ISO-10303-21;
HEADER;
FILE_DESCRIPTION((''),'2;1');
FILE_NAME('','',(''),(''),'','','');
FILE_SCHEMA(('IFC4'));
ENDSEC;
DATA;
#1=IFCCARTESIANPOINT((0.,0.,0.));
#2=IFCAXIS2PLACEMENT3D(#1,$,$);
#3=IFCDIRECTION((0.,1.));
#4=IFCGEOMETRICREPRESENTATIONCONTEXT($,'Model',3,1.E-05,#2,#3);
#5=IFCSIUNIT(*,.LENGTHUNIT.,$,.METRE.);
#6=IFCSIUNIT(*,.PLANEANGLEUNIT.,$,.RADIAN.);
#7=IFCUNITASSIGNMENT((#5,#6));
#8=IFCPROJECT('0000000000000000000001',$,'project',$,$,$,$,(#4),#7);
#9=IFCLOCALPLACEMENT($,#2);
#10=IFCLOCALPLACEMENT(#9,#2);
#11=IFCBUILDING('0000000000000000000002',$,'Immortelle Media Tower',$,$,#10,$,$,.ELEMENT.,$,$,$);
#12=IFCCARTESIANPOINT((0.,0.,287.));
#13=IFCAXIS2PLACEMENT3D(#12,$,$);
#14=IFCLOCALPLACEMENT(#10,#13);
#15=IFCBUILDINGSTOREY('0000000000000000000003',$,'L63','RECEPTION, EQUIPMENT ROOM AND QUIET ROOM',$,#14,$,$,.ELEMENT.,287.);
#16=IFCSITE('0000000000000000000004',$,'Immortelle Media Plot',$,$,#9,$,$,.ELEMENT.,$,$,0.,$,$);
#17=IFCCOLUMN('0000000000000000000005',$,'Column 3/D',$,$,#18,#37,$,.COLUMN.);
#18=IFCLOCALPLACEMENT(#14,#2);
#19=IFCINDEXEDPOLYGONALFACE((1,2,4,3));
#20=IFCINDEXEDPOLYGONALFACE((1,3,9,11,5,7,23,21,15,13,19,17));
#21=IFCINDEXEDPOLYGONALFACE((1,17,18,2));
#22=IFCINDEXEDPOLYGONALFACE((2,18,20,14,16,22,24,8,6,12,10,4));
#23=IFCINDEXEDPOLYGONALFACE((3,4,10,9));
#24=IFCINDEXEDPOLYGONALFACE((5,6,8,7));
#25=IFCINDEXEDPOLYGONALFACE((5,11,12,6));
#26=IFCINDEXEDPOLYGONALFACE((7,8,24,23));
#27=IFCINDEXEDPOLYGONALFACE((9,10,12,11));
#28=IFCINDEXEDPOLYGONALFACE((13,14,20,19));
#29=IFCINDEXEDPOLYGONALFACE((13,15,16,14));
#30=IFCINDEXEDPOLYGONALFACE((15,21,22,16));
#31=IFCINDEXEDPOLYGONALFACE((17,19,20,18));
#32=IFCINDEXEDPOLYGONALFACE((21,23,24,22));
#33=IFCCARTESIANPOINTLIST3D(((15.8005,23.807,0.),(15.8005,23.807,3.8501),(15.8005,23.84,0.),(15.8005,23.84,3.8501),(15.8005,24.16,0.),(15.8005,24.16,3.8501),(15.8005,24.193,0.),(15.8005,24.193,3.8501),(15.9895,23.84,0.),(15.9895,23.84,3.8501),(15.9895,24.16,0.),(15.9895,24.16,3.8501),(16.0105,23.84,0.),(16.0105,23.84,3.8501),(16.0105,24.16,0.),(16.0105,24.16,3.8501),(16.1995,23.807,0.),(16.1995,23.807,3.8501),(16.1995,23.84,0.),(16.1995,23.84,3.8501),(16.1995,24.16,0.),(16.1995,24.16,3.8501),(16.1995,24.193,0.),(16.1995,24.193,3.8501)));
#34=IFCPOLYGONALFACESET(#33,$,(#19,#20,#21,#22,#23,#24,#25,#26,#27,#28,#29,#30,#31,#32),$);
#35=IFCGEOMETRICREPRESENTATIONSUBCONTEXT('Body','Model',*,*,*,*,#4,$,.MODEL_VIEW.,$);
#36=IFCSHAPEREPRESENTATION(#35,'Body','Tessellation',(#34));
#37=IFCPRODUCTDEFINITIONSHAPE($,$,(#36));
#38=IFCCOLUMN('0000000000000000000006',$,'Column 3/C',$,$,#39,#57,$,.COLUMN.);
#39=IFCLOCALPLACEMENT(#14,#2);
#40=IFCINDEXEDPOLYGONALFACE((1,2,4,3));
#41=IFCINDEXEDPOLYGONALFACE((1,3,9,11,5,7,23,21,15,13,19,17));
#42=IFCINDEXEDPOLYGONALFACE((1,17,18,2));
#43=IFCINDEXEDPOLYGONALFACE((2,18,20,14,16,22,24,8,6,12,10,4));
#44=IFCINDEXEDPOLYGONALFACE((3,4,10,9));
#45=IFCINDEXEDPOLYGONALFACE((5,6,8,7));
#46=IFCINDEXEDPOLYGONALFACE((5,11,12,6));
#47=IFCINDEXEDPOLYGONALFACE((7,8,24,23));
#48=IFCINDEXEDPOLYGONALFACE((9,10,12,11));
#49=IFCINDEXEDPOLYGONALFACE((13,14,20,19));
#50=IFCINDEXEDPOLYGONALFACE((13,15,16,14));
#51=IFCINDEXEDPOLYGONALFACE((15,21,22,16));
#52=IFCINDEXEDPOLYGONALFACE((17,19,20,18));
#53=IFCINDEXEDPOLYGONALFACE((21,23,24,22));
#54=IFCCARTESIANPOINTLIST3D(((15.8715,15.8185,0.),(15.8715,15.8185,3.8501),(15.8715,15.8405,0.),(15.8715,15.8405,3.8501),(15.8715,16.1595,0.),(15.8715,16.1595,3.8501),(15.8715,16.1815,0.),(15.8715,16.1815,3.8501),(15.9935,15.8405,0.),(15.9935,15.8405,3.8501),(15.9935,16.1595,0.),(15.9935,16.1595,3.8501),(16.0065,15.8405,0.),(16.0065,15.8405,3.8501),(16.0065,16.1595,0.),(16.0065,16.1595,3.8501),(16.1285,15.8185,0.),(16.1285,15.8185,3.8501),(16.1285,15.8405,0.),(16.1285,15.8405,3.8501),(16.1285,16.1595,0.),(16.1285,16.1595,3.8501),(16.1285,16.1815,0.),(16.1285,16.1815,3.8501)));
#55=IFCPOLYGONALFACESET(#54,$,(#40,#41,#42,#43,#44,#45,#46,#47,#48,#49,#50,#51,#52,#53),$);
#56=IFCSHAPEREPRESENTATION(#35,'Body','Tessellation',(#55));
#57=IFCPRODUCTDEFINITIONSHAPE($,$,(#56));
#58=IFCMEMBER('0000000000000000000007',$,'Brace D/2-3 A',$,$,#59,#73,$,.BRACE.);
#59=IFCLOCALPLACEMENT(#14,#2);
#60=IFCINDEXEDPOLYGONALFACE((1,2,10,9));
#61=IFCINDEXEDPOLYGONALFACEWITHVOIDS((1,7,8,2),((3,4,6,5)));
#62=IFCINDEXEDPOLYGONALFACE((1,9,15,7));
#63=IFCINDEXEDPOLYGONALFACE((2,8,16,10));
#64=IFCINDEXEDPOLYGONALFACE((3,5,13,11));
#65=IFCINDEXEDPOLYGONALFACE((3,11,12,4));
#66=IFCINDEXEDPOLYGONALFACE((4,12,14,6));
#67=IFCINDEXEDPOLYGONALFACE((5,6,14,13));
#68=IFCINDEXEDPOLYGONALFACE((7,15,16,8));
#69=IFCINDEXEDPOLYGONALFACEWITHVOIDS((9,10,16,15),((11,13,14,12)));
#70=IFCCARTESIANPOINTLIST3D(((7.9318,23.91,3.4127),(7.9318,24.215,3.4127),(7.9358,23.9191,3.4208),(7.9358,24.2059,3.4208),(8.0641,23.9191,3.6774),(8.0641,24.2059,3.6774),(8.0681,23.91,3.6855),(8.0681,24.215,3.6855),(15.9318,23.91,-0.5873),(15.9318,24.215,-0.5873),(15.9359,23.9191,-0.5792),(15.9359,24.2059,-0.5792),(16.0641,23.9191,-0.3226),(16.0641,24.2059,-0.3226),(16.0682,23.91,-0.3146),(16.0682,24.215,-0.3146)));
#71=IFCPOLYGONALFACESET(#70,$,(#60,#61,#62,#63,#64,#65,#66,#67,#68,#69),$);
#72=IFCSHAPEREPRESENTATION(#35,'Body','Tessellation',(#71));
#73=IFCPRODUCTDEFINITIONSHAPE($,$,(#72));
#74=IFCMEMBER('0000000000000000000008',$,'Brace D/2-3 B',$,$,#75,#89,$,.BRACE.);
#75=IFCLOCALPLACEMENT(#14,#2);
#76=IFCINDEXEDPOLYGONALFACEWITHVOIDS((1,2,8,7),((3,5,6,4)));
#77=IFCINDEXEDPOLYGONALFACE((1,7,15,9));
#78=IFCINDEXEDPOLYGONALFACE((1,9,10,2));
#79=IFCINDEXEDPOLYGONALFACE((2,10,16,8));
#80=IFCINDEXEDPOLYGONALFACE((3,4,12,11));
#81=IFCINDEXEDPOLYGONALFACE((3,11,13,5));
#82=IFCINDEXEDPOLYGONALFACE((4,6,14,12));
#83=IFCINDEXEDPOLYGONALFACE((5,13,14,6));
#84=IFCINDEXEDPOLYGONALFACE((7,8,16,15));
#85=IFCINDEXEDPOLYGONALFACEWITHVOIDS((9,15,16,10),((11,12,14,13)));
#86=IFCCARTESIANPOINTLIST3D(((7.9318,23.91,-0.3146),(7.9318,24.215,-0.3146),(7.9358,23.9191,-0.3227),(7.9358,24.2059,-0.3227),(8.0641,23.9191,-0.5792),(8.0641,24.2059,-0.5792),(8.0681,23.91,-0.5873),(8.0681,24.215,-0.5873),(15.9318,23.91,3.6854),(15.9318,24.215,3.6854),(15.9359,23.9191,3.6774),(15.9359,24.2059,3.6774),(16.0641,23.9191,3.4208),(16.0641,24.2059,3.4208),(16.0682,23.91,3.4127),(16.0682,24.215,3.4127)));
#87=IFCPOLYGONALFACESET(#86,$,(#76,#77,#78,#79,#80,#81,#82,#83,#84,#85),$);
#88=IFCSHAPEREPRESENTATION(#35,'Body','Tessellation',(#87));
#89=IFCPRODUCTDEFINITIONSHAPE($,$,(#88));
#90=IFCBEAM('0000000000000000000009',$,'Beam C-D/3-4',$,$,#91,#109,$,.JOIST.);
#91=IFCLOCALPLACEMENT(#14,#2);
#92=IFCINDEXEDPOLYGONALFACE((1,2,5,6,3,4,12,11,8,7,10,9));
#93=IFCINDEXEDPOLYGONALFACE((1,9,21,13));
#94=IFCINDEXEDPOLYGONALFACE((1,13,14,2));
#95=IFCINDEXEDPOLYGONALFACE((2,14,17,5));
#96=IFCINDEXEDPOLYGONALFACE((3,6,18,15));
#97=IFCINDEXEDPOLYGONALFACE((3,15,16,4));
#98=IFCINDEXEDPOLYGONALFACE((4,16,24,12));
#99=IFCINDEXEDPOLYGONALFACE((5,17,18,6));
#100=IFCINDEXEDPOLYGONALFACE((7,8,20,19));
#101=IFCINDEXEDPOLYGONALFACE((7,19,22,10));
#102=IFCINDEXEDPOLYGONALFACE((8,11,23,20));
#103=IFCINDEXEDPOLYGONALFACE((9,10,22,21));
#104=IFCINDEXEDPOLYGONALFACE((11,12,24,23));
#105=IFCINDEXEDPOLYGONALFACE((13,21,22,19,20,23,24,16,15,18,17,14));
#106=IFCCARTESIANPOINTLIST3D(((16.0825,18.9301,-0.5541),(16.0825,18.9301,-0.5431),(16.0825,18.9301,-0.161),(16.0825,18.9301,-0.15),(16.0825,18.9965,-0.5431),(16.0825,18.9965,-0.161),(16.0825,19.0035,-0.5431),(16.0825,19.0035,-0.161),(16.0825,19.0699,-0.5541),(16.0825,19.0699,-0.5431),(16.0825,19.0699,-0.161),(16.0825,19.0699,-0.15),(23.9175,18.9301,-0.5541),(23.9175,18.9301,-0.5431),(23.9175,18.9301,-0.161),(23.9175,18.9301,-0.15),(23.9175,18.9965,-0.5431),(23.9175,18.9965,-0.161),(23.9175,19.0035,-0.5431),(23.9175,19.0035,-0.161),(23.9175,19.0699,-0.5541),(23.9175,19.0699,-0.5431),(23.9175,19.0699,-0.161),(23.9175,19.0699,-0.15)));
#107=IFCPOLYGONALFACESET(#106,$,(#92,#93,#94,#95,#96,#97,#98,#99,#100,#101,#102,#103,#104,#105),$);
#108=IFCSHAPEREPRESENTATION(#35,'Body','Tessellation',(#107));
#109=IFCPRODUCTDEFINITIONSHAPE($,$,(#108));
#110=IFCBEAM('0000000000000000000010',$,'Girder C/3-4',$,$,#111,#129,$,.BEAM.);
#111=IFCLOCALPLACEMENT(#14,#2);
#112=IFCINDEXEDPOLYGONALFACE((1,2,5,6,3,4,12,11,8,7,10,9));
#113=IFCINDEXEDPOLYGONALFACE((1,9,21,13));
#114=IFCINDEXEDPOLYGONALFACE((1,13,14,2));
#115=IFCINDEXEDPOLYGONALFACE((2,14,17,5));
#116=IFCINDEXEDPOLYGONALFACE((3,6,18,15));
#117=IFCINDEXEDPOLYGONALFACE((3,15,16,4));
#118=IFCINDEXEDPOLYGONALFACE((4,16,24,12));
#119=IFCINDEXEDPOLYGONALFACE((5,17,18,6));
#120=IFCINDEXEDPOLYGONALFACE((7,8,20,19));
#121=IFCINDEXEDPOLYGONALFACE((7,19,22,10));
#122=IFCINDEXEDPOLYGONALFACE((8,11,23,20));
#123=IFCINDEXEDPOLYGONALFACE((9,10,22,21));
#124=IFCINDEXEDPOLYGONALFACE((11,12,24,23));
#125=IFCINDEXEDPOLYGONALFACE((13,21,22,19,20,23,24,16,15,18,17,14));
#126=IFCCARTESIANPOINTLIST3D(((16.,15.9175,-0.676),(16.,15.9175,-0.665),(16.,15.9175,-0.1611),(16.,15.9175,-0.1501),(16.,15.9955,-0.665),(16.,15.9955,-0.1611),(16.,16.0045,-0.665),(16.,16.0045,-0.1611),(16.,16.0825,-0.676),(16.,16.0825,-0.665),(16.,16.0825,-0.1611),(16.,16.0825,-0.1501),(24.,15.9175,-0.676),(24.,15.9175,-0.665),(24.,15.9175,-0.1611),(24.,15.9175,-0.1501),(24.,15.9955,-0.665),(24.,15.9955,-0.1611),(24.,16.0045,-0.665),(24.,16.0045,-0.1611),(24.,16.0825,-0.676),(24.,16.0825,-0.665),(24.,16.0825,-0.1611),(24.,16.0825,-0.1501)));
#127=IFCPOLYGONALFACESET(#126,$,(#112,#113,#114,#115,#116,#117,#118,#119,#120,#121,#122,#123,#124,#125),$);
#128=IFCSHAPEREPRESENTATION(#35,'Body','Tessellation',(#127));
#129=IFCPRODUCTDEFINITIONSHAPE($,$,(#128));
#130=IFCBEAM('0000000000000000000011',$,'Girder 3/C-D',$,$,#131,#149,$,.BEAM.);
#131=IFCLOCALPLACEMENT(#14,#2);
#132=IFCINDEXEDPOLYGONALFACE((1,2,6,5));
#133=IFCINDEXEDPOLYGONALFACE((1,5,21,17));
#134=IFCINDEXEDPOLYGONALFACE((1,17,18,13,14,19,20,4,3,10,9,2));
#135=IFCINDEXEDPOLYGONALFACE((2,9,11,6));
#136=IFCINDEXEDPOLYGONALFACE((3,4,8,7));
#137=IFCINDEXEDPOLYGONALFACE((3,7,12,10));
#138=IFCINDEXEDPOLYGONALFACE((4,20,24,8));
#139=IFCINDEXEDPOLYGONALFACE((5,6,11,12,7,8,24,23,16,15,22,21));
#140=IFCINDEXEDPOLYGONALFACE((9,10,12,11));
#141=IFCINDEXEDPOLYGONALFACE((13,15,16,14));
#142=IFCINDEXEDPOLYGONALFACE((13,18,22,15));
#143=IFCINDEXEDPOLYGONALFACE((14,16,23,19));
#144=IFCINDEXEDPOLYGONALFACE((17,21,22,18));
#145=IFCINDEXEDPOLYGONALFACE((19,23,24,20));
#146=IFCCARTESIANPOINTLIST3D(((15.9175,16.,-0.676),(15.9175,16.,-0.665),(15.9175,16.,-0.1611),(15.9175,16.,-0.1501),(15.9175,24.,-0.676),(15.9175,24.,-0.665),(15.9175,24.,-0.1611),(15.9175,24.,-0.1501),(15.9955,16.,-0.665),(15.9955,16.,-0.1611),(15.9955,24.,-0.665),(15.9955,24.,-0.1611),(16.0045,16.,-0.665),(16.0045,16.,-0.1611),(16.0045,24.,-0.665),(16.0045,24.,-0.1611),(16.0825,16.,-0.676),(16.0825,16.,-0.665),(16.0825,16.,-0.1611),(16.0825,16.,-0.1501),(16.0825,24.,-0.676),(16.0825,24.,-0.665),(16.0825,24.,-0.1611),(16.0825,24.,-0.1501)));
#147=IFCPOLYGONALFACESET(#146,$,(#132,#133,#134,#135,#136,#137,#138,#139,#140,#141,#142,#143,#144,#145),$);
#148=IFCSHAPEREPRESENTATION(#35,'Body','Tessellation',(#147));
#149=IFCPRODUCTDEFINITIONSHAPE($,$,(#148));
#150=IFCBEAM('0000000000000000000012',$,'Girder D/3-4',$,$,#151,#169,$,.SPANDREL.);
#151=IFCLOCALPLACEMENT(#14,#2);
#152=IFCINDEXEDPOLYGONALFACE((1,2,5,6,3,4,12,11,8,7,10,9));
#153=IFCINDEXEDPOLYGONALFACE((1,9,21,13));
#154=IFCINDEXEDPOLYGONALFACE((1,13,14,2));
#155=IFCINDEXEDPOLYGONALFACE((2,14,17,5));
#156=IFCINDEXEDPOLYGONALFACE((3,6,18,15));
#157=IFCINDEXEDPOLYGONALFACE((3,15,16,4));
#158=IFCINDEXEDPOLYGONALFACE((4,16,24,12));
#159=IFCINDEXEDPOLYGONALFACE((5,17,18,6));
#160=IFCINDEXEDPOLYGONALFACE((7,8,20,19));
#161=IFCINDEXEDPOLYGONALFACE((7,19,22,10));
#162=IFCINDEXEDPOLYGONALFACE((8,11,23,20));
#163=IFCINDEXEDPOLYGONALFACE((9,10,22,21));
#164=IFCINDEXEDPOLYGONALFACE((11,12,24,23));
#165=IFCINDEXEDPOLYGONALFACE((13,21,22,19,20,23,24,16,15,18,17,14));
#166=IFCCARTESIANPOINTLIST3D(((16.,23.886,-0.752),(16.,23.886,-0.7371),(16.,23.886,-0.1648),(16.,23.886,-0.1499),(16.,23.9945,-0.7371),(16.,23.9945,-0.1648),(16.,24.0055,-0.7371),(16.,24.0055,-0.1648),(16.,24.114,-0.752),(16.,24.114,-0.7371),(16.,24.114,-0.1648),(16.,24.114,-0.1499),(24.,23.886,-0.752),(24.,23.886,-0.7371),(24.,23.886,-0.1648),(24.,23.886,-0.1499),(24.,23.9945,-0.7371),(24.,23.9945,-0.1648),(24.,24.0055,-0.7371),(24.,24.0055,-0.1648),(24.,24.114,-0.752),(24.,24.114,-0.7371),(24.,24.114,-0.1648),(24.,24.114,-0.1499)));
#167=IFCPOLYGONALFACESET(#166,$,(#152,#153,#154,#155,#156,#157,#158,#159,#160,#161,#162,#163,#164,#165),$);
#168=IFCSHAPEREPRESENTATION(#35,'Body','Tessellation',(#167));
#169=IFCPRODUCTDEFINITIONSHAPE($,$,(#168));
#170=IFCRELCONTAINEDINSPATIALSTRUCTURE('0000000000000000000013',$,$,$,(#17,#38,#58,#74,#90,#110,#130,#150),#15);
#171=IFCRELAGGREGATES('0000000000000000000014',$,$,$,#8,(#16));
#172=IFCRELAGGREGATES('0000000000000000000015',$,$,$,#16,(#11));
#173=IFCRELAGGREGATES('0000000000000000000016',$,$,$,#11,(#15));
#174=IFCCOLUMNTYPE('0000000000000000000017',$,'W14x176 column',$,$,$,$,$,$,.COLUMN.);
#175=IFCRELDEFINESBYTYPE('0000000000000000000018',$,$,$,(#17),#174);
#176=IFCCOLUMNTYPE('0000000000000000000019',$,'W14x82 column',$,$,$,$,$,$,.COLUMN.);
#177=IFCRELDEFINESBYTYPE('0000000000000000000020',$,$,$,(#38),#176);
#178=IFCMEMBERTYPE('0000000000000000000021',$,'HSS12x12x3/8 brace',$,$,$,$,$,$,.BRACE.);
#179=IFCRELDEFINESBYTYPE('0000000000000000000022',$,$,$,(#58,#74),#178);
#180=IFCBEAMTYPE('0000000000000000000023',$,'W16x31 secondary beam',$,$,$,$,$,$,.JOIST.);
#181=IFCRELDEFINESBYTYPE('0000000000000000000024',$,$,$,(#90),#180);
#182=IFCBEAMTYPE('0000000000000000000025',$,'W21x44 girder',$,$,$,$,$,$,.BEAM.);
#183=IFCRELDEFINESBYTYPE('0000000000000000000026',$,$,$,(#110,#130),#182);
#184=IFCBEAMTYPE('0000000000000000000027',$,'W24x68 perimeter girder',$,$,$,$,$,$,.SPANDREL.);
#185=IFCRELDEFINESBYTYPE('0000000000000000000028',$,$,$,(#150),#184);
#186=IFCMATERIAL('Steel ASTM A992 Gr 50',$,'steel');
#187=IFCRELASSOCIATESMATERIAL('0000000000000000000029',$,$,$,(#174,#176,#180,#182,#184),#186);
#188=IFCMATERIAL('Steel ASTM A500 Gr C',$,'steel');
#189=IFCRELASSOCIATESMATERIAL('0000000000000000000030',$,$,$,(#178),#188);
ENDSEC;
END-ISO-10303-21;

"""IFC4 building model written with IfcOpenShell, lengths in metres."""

from ifc_helpers import new_model, si_unit, direction, frame, origin, origin_2d, place, context, subcontext, project, spatial, hollow_rectangle, i_section, extrude, material, material_profile, profile_set, type_object, element, save


model = new_model("IFC4")

# Units and contexts
model_context = context("Model", 3, precision=1e-05, world=origin(), true_north=direction((0.0, 1.0)))
body_context = subcontext(model_context, "Body", "Model", "MODEL_VIEW")
ifc_project = project(units=[si_unit("LENGTHUNIT", "METRE"), si_unit("PLANEANGLEUNIT", "RADIAN")], contexts=[model_context])

# Site, building, storey
site_placement = place(None, origin())
site = spatial("IfcSite", under=ifc_project, at=site_placement, Name="Immortelle Media Plot", CompositionType="ELEMENT", RefElevation=0.0)
building_placement = place(site_placement, origin())
building = spatial("IfcBuilding", under=site, at=building_placement, Name="Immortelle Media Tower", CompositionType="ELEMENT")
storey_placement = place(building_placement, frame((0.0, 0.0, 287.0)))
storey = spatial("IfcBuildingStorey", under=building, at=storey_placement, Name="L63", Description="RECEPTION, EQUIPMENT ROOM AND QUIET ROOM", CompositionType="ELEMENT", Elevation=287.0)

# Columns
ifc_material_1 = material(Name="Steel ASTM A992 Gr 50", Category="steel")
ifc_material_profile_1 = material_profile(ifc_material_1, i_section(OverallWidth=0.3989, OverallDepth=0.386, WebThickness=0.021, FlangeThickness=0.033, at=origin_2d()), Name="W14x176")
ifc_profile_set_1 = profile_set([ifc_material_profile_1], Name="Steel ASTM A992 Gr 50")
column_type_1 = type_object("IfcColumnType", Name="W14x176 column", PredefinedType="COLUMN", material=ifc_profile_set_1)
column_1_placement = place(storey_placement, frame((16.0, 24.0, 0.0), z_axis=(0.0, 0.0, 1.0), x_axis=(1.0, 0.0, 0.0)))
element("IfcColumn", 1, at=column_1_placement, inside=storey, type_object=column_type_1, Name="Column 3/D", PredefinedType="COLUMN", context=body_context, shape_type="SweptSolid", body=[
    extrude(i_section(OverallWidth=0.3989, OverallDepth=0.386, WebThickness=0.021, FlangeThickness=0.033, at=origin_2d()), origin(), (0.0, 0.0, 1.0), 3.8501),
])
ifc_material_profile_2 = material_profile(ifc_material_1, i_section(OverallWidth=0.2571, OverallDepth=0.363, WebThickness=0.0129, FlangeThickness=0.022, at=origin_2d()), Name="W14x82")
ifc_profile_set_2 = profile_set([ifc_material_profile_2], Name="Steel ASTM A992 Gr 50")
column_type_2 = type_object("IfcColumnType", Name="W14x82 column", PredefinedType="COLUMN", material=ifc_profile_set_2)
column_2_placement = place(storey_placement, frame((16.0, 16.0, 0.0), z_axis=(0.0, 0.0, 1.0), x_axis=(1.0, 0.0, 0.0)))
element("IfcColumn", 2, at=column_2_placement, inside=storey, type_object=column_type_2, Name="Column 3/C", PredefinedType="COLUMN", context=body_context, shape_type="SweptSolid", body=[
    extrude(i_section(OverallWidth=0.2571, OverallDepth=0.363, WebThickness=0.0129, FlangeThickness=0.022, at=origin_2d()), origin(), (0.0, 0.0, 1.0), 3.8501),
])

# Members
ifc_material_2 = material(Name="Steel ASTM A500 Gr C", Category="steel")
ifc_material_profile_3 = material_profile(ifc_material_2, hollow_rectangle(XDim=0.3049, YDim=0.3049, WallThickness=0.009, at=origin_2d()), Name="HSS12x12x3/8 brace")
ifc_profile_set_3 = profile_set([ifc_material_profile_3], Name="Steel ASTM A500 Gr C")
member_type = type_object("IfcMemberType", Name="HSS12x12x3/8 brace", PredefinedType="BRACE", material=ifc_profile_set_3)
for number, where, z_axis, x_axis, name in (
    (3, (16.0, 24.0625, -0.4509), (-0.894427, 0.0, 0.447214), (0.0, -1.0, 0.0), "Brace D/2-3 A"),
    (4, (16.0, 24.0625, 3.5491), (-0.894427, 0.0, -0.447214), (0.0, -1.0, 0.0), "Brace D/2-3 B"),
):
    element("IfcMember", number, at=place(storey_placement, frame(where, z_axis=z_axis, x_axis=x_axis)), inside=storey, type_object=member_type, Name=name, PredefinedType="BRACE", context=body_context, shape_type="SweptSolid", body=[
        extrude(hollow_rectangle(XDim=0.3049, YDim=0.3049, WallThickness=0.009, at=origin_2d()), origin(), (0.0, 0.0, 1.0), 8.9443),
    ])

# Beams
ifc_material_profile_4 = material_profile(ifc_material_1, i_section(OverallWidth=0.1399, OverallDepth=0.4041, WebThickness=0.0071, FlangeThickness=0.011, at=origin_2d()), Name="W16x31")
ifc_profile_set_4 = profile_set([ifc_material_profile_4], Name="Steel ASTM A992 Gr 50")
beam_type_1 = type_object("IfcBeamType", Name="W16x31 secondary beam", PredefinedType="JOIST", material=ifc_profile_set_4)
beam_1_placement = place(storey_placement, frame((16.0825, 19.0, -0.3521), z_axis=(1.0, 0.0, 0.0), x_axis=(0.0, 1.0, 0.0)))
element("IfcBeam", 5, at=beam_1_placement, inside=storey, type_object=beam_type_1, Name="Beam C-D/3-4", PredefinedType="JOIST", context=body_context, shape_type="SweptSolid", body=[
    extrude(i_section(OverallWidth=0.1399, OverallDepth=0.4041, WebThickness=0.0071, FlangeThickness=0.011, at=origin_2d()), origin(), (0.0, 0.0, 1.0), 7.835),
])
ifc_material_profile_5 = material_profile(ifc_material_1, i_section(OverallWidth=0.165, OverallDepth=0.5259, WebThickness=0.009, FlangeThickness=0.011, at=origin_2d()), Name="W21x44")
ifc_profile_set_5 = profile_set([ifc_material_profile_5], Name="Steel ASTM A992 Gr 50")
beam_type_2 = type_object("IfcBeamType", Name="W21x44 girder", PredefinedType="BEAM", material=ifc_profile_set_5)
for number, where, z_axis, x_axis, name in (
    (6, (16.0, 16.0, -0.4131), (1.0, 0.0, 0.0), (0.0, 1.0, 0.0), "Girder C/3-4"),
    (7, (16.0, 16.0, -0.4131), (0.0, 1.0, 0.0), (-1.0, 0.0, 0.0), "Girder 3/C-D"),
):
    element("IfcBeam", number, at=place(storey_placement, frame(where, z_axis=z_axis, x_axis=x_axis)), inside=storey, type_object=beam_type_2, Name=name, PredefinedType="BEAM", context=body_context, shape_type="SweptSolid", body=[
        extrude(i_section(OverallWidth=0.165, OverallDepth=0.5259, WebThickness=0.009, FlangeThickness=0.011, at=origin_2d()), origin(), (0.0, 0.0, 1.0), 8.0),
    ])
ifc_material_profile_6 = material_profile(ifc_material_1, i_section(OverallWidth=0.228, OverallDepth=0.6021, WebThickness=0.011, FlangeThickness=0.0149, at=origin_2d()), Name="W24x68")
ifc_profile_set_6 = profile_set([ifc_material_profile_6], Name="Steel ASTM A992 Gr 50")
beam_type_3 = type_object("IfcBeamType", Name="W24x68 perimeter girder", PredefinedType="SPANDREL", material=ifc_profile_set_6)
beam_2_placement = place(storey_placement, frame((16.0, 24.0, -0.4509), z_axis=(1.0, 0.0, 0.0), x_axis=(0.0, 1.0, 0.0)))
element("IfcBeam", 8, at=beam_2_placement, inside=storey, type_object=beam_type_3, Name="Girder D/3-4", PredefinedType="SPANDREL", context=body_context, shape_type="SweptSolid", body=[
    extrude(i_section(OverallWidth=0.228, OverallDepth=0.6021, WebThickness=0.011, FlangeThickness=0.0149, at=origin_2d()), origin(), (0.0, 0.0, 1.0), 8.0),
])

save(model, "model.ifc")
